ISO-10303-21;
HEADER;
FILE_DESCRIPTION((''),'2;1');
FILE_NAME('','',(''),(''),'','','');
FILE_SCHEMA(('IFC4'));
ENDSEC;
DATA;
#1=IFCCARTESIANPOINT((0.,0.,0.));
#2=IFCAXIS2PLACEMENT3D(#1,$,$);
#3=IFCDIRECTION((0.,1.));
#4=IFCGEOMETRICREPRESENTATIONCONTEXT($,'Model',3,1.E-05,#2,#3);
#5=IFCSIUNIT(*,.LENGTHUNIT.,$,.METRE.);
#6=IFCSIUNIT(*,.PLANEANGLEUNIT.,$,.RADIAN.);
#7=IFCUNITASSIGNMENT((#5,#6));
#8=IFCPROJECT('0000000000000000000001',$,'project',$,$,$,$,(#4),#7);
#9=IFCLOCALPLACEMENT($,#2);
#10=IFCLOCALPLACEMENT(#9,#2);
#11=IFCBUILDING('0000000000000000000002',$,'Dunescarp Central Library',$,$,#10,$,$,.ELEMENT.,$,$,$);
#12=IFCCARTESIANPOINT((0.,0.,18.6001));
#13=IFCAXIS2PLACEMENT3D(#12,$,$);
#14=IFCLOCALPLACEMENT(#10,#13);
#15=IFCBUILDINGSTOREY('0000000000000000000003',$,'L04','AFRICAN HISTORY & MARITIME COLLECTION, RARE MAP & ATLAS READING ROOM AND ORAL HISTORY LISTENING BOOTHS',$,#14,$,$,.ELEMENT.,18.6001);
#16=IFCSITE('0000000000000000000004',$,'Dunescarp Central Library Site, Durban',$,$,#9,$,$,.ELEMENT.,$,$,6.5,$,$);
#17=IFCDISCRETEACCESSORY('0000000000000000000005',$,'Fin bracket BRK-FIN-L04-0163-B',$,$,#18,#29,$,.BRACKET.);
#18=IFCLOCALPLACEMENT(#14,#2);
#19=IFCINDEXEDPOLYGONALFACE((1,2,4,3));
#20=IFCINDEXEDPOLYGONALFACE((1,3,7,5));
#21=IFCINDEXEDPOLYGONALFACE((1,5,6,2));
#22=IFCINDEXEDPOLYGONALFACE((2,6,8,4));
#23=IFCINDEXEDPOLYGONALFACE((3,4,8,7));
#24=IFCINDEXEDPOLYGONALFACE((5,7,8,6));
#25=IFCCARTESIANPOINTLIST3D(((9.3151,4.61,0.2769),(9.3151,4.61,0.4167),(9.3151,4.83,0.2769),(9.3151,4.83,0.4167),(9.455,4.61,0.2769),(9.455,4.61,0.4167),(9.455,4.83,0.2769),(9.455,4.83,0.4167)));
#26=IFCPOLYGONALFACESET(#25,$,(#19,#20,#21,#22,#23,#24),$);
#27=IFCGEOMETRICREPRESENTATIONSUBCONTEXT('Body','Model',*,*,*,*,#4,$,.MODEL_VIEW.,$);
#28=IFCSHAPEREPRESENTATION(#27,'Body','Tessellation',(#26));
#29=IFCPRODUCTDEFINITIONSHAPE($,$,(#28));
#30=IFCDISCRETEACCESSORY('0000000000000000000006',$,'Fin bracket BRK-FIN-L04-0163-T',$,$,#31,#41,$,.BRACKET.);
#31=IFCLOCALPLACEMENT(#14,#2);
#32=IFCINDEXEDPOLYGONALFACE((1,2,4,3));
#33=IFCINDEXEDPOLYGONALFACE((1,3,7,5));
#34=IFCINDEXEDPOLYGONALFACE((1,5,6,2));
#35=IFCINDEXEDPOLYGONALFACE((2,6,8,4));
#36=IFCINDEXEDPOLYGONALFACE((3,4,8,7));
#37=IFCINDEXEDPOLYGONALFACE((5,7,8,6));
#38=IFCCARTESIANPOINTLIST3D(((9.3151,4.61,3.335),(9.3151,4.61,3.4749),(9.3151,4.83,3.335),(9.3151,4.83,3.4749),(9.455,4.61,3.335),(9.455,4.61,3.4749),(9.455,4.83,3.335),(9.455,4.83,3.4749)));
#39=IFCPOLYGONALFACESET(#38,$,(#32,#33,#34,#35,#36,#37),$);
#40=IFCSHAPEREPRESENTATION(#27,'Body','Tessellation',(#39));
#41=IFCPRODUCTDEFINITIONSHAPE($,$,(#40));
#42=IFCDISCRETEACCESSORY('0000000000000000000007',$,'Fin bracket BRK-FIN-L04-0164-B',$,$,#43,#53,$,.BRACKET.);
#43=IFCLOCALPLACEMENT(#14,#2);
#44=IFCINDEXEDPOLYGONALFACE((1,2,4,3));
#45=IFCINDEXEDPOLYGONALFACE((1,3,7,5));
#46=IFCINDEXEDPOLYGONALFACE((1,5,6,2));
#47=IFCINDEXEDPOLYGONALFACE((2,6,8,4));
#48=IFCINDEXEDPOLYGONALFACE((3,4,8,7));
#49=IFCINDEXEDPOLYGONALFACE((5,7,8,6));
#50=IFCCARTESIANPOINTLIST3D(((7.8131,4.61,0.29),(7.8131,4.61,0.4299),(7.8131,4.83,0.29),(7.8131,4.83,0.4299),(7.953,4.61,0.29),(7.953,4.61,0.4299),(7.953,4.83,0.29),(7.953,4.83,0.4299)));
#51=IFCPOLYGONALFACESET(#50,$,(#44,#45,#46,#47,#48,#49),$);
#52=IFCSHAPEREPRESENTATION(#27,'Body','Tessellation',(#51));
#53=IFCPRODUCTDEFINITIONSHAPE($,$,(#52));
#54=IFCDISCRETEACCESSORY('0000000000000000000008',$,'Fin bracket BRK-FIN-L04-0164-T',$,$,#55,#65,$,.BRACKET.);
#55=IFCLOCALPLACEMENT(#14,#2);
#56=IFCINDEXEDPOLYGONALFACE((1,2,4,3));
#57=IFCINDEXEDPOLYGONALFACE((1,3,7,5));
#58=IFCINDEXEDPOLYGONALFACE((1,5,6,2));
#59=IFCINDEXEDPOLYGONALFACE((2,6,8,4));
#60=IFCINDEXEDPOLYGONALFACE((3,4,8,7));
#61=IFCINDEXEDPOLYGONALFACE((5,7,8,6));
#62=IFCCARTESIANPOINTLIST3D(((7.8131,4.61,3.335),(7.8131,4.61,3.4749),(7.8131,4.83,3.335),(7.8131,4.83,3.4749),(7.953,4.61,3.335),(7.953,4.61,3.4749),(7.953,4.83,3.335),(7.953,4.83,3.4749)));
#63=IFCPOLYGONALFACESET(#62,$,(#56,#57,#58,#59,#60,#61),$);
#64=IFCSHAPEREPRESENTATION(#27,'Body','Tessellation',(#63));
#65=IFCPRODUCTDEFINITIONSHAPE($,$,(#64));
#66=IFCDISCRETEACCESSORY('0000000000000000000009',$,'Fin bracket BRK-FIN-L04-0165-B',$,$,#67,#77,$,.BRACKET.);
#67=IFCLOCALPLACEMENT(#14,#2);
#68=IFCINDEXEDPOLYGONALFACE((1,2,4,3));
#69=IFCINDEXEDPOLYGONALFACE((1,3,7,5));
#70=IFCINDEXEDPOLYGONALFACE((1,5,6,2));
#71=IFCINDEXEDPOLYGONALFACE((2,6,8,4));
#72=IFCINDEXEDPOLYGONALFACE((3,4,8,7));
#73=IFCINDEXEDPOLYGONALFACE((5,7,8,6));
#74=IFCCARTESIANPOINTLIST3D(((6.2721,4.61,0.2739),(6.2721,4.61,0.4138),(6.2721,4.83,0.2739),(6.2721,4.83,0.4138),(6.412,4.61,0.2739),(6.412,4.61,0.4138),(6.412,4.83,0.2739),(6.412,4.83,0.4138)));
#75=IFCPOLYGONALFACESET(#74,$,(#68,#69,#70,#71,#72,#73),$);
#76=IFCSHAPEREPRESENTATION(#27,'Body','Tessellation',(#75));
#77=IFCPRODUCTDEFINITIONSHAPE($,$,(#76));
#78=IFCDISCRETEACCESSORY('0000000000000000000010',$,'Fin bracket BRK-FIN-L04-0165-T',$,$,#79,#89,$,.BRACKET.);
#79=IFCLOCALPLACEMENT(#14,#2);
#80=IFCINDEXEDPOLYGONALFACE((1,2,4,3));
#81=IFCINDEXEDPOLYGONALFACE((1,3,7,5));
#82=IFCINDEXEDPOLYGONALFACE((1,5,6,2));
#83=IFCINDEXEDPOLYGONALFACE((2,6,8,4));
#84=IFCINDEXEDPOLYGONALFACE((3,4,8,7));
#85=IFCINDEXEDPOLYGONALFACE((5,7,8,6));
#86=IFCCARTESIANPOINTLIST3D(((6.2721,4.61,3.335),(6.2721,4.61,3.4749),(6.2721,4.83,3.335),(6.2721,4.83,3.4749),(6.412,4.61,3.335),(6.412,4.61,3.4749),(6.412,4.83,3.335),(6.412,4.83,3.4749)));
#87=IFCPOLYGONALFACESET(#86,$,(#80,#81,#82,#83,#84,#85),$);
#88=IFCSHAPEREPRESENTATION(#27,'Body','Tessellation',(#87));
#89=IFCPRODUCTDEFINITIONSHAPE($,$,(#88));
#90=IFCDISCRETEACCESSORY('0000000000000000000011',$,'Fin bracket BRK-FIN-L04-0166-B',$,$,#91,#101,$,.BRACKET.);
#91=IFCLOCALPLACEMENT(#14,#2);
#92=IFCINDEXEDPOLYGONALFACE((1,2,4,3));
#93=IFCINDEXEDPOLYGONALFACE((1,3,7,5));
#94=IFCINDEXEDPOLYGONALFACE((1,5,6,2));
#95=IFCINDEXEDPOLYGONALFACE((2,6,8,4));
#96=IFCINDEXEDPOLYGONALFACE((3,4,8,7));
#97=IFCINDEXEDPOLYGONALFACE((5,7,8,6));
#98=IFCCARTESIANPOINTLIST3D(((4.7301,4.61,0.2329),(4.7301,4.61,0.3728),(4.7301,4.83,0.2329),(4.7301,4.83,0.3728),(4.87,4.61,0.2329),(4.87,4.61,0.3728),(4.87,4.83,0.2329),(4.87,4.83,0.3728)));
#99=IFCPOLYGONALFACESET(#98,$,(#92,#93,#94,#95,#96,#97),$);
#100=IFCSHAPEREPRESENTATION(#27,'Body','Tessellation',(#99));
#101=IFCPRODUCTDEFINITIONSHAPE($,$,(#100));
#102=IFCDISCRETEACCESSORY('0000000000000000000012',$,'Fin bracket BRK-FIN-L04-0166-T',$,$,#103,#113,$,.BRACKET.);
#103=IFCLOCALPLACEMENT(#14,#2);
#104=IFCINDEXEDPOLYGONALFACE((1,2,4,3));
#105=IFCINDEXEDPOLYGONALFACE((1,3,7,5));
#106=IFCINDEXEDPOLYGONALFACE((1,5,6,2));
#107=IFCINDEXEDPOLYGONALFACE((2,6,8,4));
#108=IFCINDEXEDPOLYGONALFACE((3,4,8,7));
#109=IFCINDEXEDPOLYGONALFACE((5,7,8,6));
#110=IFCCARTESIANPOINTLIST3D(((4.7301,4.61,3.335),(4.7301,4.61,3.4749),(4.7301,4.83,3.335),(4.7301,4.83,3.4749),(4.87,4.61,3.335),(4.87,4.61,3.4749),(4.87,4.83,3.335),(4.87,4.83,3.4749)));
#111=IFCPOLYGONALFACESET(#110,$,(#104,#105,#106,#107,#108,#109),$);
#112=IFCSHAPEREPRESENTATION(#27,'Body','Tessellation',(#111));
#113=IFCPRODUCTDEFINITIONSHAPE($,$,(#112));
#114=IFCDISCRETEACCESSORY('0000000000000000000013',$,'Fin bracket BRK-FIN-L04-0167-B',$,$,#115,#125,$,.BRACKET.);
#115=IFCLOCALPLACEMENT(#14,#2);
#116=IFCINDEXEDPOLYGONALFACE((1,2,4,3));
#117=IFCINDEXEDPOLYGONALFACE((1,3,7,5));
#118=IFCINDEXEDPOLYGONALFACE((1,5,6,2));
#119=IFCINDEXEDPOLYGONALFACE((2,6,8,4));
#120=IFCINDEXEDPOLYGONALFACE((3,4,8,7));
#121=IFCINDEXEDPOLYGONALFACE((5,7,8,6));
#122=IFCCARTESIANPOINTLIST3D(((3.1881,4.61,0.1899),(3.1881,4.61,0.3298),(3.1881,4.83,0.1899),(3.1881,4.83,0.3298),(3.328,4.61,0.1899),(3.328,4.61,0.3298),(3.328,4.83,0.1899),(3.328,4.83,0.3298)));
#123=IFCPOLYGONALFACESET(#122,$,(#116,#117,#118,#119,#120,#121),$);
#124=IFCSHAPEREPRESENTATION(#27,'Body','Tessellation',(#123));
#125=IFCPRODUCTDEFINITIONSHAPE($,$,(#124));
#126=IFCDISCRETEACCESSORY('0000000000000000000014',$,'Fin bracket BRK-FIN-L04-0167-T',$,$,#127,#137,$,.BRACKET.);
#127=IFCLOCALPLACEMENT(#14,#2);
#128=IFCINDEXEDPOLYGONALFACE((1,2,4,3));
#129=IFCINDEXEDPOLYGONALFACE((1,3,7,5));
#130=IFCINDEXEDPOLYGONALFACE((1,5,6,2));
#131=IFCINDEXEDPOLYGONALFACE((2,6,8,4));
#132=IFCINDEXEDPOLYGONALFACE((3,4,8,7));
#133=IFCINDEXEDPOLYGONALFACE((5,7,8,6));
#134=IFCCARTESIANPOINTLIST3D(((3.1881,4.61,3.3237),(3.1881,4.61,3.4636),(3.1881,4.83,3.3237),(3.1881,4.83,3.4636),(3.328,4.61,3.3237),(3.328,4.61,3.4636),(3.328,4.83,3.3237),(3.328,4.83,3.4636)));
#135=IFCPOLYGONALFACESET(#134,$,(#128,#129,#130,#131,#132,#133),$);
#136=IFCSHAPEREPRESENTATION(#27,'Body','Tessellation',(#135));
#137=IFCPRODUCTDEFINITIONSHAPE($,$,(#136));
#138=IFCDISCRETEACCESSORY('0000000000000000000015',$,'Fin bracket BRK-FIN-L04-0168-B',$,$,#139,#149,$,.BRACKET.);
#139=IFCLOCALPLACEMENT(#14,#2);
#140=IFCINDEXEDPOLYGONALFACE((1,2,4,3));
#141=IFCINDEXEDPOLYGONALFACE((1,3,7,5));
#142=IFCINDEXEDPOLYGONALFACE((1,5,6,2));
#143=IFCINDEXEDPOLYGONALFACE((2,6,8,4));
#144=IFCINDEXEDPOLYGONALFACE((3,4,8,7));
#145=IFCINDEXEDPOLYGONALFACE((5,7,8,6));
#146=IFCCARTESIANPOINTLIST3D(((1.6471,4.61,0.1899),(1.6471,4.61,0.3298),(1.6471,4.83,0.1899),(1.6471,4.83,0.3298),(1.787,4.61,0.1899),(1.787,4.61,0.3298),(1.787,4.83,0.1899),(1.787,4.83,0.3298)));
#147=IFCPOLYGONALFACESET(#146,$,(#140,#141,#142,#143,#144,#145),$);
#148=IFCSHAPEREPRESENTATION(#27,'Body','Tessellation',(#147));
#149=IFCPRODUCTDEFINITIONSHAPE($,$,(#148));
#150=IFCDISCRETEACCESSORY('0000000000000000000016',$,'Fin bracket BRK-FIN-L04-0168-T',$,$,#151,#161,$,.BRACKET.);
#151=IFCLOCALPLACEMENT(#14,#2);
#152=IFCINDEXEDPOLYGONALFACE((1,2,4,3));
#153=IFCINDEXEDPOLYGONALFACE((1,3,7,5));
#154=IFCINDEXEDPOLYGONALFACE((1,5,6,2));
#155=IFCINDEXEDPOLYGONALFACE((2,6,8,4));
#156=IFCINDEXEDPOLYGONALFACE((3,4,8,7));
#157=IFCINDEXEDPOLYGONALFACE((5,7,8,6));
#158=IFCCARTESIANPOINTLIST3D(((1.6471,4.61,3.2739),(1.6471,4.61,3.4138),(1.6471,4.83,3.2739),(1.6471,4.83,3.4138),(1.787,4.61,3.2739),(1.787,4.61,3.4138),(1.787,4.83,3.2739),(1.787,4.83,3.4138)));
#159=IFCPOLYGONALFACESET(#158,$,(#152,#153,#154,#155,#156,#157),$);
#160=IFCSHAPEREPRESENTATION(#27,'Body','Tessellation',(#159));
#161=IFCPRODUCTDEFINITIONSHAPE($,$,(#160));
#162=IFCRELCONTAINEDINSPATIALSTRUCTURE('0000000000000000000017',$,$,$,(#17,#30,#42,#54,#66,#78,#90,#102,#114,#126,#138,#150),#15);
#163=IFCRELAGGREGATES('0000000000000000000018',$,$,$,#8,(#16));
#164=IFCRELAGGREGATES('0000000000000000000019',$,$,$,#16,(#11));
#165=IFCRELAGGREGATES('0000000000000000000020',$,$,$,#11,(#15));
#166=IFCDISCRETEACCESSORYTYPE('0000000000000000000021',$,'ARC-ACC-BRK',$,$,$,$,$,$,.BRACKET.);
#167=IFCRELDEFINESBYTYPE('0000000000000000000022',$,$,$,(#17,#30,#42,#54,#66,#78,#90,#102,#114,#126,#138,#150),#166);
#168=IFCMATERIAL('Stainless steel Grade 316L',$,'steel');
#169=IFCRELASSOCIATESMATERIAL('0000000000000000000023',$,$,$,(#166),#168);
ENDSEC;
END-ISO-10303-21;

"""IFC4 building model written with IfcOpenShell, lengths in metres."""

from ifc_helpers import new_model, si_unit, direction, frame, origin, origin_2d, place, context, subcontext, project, spatial, rectangle, extrude, material, type_object, element, save


model = new_model("IFC4")

# Units and contexts
model_context = context("Model", 3, precision=1e-05, world=origin(), true_north=direction((0.0, 1.0)))
body_context = subcontext(model_context, "Body", "Model", "MODEL_VIEW")
ifc_project = project(units=[si_unit("LENGTHUNIT", "METRE"), si_unit("PLANEANGLEUNIT", "RADIAN")], contexts=[model_context])

# Site, building, storey
site_placement = place(None, origin())
site = spatial("IfcSite", under=ifc_project, at=site_placement, Name="Dunescarp Central Library Site, Durban", CompositionType="ELEMENT", RefElevation=6.5)
building_placement = place(site_placement, origin())
building = spatial("IfcBuilding", under=site, at=building_placement, Name="Dunescarp Central Library", CompositionType="ELEMENT")
storey_placement = place(building_placement, frame((0.0, 0.0, 18.6001)))
storey = spatial("IfcBuildingStorey", under=building, at=storey_placement, Name="L04", Description="AFRICAN HISTORY & MARITIME COLLECTION, RARE MAP & ATLAS READING ROOM AND ORAL HISTORY LISTENING BOOTHS", CompositionType="ELEMENT", Elevation=18.6001)

# Discrete accessories
ifc_material_1 = material(Name="Stainless steel Grade 316L", Category="steel")
discrete_accessory_type = type_object("IfcDiscreteAccessoryType", Name="ARC-ACC-BRK", PredefinedType="BRACKET", material=ifc_material_1)
for number, where, z_axis, x_axis, name in (
    (1, (9.385, 4.72, 0.2769), (0.0, 0.0, 1.0), (0.0, -1.0, 0.0), "Fin bracket BRK-FIN-L04-0163-B"),
    (2, (9.385, 4.72, 3.335), (0.0, 0.0, 1.0), (0.0, -1.0, 0.0), "Fin bracket BRK-FIN-L04-0163-T"),
    (3, (7.8831, 4.72, 0.29), (0.0, 0.0, 1.0), (0.0, -1.0, 0.0), "Fin bracket BRK-FIN-L04-0164-B"),
    (4, (7.8831, 4.72, 3.335), (0.0, 0.0, 1.0), (0.0, -1.0, 0.0), "Fin bracket BRK-FIN-L04-0164-T"),
    (5, (6.342, 4.72, 0.2739), (0.0, 0.0, 1.0), (0.0, -1.0, 0.0), "Fin bracket BRK-FIN-L04-0165-B"),
    (6, (6.342, 4.72, 3.335), (0.0, 0.0, 1.0), (0.0, -1.0, 0.0), "Fin bracket BRK-FIN-L04-0165-T"),
    (7, (4.8, 4.72, 0.2329), (0.0, 0.0, 1.0), (0.0, -1.0, 0.0), "Fin bracket BRK-FIN-L04-0166-B"),
    (8, (4.8, 4.72, 3.335), (0.0, 0.0, 1.0), (0.0, -1.0, 0.0), "Fin bracket BRK-FIN-L04-0166-T"),
    (9, (3.2581, 4.72, 0.1899), (0.0, 0.0, 1.0), (0.0, -1.0, 0.0), "Fin bracket BRK-FIN-L04-0167-B"),
    (10, (3.2581, 4.72, 3.3237), (0.0, 0.0, 1.0), (0.0, -1.0, 0.0), "Fin bracket BRK-FIN-L04-0167-T"),
    (11, (1.717, 4.72, 0.1899), (0.0, 0.0, 1.0), (0.0, -1.0, 0.0), "Fin bracket BRK-FIN-L04-0168-B"),
    (12, (1.717, 4.72, 3.2739), (0.0, 0.0, 1.0), (0.0, -1.0, 0.0), "Fin bracket BRK-FIN-L04-0168-T"),
):
    element("IfcDiscreteAccessory", number, at=place(storey_placement, frame(where, z_axis=z_axis, x_axis=x_axis)), inside=storey, type_object=discrete_accessory_type, Name=name, PredefinedType="BRACKET", context=body_context, shape_type="SweptSolid", body=[
        extrude(rectangle(XDim=0.22, YDim=0.1399, at=origin_2d()), origin(), (0.0, 0.0, 1.0), 0.1399),
    ])

save(model, "model.ifc")
